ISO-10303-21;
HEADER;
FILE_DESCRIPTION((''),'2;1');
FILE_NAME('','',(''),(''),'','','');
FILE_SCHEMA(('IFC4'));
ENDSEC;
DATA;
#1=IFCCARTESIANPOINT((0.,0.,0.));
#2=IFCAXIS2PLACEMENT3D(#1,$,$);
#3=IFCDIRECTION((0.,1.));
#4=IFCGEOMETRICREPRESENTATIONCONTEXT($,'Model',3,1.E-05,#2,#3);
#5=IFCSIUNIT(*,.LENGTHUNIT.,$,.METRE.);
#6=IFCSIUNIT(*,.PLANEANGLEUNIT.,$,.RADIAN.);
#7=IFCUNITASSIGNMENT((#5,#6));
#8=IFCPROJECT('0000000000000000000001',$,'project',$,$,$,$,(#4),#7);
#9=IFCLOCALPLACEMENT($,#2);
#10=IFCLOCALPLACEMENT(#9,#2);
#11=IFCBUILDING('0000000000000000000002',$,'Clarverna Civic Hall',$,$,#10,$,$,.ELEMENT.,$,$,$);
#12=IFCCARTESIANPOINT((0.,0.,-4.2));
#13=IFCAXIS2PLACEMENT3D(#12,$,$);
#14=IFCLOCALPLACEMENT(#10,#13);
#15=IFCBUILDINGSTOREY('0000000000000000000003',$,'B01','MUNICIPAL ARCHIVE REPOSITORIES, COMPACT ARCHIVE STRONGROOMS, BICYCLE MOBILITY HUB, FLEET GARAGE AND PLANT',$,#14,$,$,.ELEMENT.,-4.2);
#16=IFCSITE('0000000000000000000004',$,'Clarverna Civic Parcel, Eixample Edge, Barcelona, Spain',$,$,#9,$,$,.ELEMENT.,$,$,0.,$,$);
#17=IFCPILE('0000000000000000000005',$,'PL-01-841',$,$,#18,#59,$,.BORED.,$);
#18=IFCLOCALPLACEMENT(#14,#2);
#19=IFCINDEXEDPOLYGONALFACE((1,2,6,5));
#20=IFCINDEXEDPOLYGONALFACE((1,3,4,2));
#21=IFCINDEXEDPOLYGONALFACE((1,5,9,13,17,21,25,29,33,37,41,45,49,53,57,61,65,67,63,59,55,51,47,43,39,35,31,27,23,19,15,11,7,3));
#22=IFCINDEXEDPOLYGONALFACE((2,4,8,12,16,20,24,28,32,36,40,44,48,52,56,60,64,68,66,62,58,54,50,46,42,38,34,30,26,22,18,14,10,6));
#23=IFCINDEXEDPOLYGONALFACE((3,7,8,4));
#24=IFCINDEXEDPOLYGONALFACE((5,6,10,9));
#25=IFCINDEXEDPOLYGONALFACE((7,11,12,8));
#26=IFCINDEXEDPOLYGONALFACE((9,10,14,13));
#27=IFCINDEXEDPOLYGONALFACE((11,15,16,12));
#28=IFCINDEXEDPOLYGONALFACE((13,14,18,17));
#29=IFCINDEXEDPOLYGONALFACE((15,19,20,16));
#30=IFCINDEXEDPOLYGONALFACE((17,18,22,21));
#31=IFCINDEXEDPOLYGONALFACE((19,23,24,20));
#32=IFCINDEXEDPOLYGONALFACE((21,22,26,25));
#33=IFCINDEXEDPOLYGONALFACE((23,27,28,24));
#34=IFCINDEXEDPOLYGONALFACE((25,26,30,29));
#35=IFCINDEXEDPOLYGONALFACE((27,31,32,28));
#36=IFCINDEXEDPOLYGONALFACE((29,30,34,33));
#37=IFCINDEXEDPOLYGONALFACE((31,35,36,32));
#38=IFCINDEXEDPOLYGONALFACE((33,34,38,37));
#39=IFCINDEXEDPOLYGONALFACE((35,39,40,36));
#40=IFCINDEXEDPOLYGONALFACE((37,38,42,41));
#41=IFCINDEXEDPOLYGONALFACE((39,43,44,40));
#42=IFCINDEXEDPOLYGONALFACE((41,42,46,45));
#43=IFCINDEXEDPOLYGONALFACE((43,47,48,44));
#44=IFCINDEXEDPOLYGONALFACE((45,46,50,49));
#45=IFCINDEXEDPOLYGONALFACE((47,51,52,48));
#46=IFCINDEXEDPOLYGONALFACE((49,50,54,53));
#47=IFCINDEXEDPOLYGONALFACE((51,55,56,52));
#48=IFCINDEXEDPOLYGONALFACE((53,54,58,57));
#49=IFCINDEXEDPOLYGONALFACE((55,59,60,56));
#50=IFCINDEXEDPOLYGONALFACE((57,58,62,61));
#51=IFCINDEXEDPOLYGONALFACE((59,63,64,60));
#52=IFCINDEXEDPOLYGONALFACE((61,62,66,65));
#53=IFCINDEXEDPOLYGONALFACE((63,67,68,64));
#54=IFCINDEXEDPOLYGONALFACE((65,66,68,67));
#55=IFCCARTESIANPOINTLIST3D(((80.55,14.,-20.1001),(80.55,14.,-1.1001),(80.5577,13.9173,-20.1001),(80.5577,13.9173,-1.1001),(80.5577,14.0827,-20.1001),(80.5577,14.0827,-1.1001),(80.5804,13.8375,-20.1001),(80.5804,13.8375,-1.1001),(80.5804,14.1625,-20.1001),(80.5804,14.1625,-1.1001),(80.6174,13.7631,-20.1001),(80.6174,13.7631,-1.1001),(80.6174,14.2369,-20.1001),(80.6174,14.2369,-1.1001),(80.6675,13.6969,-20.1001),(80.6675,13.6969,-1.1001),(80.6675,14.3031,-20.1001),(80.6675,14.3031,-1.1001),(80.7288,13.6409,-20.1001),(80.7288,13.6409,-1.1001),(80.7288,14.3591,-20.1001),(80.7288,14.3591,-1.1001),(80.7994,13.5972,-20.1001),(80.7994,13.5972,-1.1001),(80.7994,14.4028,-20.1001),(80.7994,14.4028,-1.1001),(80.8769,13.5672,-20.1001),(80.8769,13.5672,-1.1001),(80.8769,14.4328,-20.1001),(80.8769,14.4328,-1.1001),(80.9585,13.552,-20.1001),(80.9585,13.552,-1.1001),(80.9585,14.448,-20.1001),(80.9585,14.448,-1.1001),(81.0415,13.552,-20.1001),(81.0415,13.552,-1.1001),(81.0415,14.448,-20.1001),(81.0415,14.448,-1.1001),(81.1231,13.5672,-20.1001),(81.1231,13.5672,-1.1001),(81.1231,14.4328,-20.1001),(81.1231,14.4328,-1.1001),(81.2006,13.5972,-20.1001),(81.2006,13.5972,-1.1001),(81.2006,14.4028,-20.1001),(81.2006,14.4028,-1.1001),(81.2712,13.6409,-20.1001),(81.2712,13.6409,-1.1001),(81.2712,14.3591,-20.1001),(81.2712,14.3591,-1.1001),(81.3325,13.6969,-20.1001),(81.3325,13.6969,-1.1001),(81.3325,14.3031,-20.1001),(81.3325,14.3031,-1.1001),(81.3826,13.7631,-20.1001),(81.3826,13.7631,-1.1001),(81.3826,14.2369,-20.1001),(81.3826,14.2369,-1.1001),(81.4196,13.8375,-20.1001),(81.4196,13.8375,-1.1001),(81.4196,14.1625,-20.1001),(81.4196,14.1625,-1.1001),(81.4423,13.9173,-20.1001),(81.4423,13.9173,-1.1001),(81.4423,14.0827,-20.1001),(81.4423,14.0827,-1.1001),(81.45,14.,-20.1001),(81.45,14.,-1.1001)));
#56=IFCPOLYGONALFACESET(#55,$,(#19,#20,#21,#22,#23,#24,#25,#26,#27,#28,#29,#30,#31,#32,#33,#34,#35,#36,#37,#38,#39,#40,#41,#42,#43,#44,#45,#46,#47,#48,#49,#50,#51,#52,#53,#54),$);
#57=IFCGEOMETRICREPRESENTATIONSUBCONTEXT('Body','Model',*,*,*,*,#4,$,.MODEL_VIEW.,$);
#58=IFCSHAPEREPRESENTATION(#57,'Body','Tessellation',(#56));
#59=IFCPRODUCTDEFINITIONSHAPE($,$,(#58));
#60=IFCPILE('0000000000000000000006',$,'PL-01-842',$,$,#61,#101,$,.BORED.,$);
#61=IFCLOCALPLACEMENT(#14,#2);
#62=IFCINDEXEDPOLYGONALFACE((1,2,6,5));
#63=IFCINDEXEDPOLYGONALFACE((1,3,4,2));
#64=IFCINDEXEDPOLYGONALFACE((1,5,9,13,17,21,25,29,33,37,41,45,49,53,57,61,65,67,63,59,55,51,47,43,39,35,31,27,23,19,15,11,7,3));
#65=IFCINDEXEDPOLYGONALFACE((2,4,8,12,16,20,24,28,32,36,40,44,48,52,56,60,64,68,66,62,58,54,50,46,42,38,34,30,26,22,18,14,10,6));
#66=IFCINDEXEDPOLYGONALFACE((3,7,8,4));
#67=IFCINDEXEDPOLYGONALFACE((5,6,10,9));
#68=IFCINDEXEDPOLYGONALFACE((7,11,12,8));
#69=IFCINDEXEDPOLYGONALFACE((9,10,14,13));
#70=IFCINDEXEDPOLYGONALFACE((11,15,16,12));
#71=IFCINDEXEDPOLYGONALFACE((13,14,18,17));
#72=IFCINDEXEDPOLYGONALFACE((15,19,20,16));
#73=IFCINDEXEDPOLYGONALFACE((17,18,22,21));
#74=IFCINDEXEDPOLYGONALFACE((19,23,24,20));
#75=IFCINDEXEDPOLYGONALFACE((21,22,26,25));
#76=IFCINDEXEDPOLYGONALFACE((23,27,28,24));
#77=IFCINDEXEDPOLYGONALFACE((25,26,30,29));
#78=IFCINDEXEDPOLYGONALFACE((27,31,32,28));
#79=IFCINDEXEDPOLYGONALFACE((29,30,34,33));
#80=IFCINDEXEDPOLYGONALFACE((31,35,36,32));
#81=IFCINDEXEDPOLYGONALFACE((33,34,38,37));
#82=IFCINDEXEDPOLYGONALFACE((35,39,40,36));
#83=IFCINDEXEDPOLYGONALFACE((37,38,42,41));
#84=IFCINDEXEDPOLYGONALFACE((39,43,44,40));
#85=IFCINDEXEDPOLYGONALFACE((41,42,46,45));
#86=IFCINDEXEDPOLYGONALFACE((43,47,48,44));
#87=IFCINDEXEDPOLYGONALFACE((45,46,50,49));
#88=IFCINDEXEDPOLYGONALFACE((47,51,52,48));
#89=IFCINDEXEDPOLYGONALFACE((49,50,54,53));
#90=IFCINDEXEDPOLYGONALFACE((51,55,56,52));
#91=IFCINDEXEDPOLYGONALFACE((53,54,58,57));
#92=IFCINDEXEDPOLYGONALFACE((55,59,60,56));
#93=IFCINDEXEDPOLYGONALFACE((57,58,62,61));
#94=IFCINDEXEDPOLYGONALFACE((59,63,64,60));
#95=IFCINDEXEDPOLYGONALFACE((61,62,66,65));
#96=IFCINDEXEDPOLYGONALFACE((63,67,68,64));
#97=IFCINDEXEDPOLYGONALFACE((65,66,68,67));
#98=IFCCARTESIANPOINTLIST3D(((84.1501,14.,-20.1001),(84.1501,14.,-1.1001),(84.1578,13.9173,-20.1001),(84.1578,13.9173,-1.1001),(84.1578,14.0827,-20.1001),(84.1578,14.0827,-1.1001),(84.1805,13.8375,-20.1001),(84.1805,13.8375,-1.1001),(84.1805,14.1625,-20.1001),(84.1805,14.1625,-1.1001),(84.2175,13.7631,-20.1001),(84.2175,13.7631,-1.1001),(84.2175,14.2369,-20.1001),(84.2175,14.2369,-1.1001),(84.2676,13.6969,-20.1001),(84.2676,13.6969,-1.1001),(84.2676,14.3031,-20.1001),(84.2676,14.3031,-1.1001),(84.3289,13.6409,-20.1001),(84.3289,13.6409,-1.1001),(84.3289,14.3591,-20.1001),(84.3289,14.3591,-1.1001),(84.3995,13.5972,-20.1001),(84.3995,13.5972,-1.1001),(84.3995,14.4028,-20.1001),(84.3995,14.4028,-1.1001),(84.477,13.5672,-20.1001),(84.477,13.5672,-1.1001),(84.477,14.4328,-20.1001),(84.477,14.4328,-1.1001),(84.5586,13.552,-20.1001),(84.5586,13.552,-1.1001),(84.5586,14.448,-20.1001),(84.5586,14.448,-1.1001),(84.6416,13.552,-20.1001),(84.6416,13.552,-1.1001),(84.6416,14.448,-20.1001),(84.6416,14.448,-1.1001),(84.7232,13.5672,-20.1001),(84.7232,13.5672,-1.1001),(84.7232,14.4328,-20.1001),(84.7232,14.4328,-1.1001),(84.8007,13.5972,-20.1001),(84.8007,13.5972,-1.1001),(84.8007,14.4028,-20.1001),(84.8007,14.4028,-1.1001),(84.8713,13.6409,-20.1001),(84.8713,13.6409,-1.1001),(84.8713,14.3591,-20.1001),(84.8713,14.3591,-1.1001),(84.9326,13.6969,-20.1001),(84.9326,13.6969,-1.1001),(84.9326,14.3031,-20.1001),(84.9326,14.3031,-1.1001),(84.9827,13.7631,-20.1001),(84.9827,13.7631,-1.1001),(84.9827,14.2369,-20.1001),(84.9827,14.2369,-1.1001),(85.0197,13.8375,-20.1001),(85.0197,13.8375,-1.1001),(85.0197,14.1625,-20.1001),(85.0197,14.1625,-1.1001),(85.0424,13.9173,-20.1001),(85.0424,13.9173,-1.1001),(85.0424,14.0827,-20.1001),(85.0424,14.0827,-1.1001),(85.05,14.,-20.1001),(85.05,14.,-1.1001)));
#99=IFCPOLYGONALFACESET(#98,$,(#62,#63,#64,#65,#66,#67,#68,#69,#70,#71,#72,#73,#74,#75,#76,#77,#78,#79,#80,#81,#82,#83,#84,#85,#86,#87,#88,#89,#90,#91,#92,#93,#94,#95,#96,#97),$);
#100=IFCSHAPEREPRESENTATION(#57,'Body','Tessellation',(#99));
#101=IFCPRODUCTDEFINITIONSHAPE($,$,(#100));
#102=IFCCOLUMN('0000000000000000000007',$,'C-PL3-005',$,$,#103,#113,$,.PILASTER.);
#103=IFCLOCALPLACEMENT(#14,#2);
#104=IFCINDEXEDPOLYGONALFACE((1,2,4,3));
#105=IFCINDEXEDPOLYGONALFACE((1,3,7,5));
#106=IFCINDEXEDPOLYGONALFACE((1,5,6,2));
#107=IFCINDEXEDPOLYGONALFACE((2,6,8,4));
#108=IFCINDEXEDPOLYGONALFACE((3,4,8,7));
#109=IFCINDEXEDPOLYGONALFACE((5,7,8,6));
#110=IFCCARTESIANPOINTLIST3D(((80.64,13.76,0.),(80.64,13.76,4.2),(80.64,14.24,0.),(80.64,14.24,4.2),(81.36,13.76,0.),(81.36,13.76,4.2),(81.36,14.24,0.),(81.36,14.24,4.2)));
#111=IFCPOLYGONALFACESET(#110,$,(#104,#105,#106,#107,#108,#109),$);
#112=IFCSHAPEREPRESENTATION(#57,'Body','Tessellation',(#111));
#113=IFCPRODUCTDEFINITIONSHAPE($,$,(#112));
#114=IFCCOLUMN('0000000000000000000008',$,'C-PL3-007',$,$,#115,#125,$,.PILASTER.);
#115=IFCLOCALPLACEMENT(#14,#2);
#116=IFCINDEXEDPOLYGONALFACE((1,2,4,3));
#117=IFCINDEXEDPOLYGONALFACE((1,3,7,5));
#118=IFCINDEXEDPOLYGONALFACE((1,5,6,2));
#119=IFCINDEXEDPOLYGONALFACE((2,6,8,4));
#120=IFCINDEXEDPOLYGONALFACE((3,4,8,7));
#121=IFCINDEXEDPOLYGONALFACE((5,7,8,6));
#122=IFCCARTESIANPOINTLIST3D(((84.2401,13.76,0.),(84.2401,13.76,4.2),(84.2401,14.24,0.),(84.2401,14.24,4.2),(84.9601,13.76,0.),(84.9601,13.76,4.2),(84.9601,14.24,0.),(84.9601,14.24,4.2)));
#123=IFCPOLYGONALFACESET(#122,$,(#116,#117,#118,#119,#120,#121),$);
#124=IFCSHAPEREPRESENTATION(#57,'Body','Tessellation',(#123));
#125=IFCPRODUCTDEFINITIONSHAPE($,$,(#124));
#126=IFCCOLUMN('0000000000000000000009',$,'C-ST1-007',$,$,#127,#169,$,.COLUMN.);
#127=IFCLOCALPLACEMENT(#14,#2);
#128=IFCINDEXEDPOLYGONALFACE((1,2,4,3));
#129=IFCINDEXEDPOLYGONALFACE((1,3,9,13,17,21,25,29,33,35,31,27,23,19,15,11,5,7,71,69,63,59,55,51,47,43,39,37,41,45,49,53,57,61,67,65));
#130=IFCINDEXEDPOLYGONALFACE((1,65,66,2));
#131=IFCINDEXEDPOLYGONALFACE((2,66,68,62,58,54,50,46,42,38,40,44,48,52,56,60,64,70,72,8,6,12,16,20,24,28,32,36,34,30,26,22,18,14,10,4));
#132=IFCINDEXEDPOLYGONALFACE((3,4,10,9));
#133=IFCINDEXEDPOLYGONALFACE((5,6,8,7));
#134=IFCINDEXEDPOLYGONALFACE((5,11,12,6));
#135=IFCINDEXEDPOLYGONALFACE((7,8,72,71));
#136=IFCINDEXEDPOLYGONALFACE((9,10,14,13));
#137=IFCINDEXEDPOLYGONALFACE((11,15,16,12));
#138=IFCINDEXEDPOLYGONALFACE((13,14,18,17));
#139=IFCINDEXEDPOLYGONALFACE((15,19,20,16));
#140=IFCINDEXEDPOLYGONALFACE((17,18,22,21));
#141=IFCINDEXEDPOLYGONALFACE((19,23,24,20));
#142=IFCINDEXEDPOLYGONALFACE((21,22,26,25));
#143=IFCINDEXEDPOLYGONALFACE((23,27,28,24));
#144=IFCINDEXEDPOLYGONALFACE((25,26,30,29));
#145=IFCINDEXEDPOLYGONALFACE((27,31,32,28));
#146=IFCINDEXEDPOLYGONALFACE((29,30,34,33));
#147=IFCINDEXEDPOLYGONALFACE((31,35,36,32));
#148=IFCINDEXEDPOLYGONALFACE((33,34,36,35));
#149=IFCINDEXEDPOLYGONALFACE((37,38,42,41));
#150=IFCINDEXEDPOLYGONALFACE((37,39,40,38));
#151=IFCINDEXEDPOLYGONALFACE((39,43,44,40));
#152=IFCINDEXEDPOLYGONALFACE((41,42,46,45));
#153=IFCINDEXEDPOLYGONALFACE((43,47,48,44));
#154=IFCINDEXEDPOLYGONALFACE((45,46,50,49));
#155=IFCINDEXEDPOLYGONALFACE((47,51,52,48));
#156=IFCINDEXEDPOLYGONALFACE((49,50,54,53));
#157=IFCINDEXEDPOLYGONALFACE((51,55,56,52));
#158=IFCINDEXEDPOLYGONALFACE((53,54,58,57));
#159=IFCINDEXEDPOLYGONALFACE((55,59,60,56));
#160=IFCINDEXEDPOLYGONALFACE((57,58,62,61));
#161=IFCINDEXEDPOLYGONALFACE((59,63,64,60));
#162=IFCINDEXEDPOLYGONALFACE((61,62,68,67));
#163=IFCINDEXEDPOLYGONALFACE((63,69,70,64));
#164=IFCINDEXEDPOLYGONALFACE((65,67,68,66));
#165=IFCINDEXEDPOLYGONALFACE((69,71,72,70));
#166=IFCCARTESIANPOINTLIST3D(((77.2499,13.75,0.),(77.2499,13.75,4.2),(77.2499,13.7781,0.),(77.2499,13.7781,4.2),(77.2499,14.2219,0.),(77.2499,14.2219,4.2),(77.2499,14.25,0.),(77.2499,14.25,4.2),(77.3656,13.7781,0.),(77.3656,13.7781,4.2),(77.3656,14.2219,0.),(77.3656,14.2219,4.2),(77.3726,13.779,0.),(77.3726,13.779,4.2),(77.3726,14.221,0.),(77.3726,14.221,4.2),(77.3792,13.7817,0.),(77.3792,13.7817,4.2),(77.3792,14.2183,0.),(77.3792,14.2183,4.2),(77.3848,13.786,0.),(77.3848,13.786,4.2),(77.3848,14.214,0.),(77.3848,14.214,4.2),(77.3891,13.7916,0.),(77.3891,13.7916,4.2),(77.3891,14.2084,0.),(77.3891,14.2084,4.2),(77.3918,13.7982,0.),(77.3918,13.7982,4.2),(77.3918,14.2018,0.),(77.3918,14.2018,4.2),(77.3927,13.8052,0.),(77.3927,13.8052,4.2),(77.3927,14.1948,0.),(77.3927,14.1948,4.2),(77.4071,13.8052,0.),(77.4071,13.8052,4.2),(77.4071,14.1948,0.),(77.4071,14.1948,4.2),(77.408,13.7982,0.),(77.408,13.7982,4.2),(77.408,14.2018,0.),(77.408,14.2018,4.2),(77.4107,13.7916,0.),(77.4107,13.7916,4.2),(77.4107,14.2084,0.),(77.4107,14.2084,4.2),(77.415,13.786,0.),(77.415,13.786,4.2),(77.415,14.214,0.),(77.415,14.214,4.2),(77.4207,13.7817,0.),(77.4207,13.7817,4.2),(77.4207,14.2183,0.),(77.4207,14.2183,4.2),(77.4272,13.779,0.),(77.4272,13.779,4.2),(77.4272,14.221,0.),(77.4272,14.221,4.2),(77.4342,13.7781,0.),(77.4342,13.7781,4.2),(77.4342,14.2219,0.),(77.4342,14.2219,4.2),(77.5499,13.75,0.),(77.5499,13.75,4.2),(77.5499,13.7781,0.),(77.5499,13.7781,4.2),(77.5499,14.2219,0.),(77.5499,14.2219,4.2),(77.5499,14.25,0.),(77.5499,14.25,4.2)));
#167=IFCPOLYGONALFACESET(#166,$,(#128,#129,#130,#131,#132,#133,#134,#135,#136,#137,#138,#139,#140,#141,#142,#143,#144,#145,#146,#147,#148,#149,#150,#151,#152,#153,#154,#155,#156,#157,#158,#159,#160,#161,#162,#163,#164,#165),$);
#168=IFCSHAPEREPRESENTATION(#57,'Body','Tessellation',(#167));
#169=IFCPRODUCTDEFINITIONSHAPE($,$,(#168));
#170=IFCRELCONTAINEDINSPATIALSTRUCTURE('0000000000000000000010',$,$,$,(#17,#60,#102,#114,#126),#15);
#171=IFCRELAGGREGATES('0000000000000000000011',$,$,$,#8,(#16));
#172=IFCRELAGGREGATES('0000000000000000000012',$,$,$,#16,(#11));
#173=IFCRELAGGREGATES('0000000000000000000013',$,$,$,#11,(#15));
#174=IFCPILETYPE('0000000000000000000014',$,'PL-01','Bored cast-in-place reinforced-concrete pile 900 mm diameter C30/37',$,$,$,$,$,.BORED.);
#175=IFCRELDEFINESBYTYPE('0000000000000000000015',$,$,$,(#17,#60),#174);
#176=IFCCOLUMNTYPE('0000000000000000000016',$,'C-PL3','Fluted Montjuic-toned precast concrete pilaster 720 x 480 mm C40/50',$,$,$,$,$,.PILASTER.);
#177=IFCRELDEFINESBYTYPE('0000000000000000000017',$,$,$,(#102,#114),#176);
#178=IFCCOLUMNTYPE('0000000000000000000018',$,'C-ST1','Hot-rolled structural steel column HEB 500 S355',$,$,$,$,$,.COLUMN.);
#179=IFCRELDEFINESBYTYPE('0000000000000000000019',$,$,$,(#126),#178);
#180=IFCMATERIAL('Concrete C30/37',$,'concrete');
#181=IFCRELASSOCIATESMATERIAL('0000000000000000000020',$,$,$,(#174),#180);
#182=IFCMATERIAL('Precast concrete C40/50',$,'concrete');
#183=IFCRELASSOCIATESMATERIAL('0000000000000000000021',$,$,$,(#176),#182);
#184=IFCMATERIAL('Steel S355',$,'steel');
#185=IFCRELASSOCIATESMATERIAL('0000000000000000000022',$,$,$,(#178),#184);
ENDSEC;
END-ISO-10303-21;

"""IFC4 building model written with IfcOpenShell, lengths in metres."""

from ifc_helpers import new_model, si_unit, direction, frame, origin, origin_2d, place, context, subcontext, project, spatial, rectangle, circle, i_section, extrude, material, material_profile, profile_set, type_object, element, save


model = new_model("IFC4")

# Units and contexts
model_context = context("Model", 3, precision=1e-05, world=origin(), true_north=direction((0.0, 1.0)))
body_context = subcontext(model_context, "Body", "Model", "MODEL_VIEW")
ifc_project = project(units=[si_unit("LENGTHUNIT", "METRE"), si_unit("PLANEANGLEUNIT", "RADIAN")], contexts=[model_context])

# Site, building, storey
site_placement = place(None, origin())
site = spatial("IfcSite", under=ifc_project, at=site_placement, Name="Clarverna Civic Parcel, Eixample Edge, Barcelona, Spain", CompositionType="ELEMENT", RefElevation=0.0)
building_placement = place(site_placement, origin())
building = spatial("IfcBuilding", under=site, at=building_placement, Name="Clarverna Civic Hall", CompositionType="ELEMENT")
storey_placement = place(building_placement, frame((0.0, 0.0, -4.2)))
storey = spatial("IfcBuildingStorey", under=building, at=storey_placement, Name="B01", Description="MUNICIPAL ARCHIVE REPOSITORIES, COMPACT ARCHIVE STRONGROOMS, BICYCLE MOBILITY HUB, FLEET GARAGE AND PLANT", CompositionType="ELEMENT", Elevation=-4.2)

# Shared definitions
ifc_material_1 = material(Name="Concrete C30/37", Category="concrete")

# Piles
ifc_material_profile_1 = material_profile(ifc_material_1, circle(Radius=0.45, at=origin_2d()), Name="BORED PILE D900")
ifc_profile_set_1 = profile_set([ifc_material_profile_1], Name="Concrete C30/37")
pile_type = type_object("IfcPileType", Name="PL-01", Description="Bored cast-in-place reinforced-concrete pile 900 mm diameter C30/37", PredefinedType="BORED", material=ifc_profile_set_1)
for number, where, z_axis, x_axis, name in (
    (1, (81.0, 14.0, -1.1001), (0.0, 0.0, -1.0), (1.0, 0.0, 0.0), "PL-01-841"),
    (2, (84.6001, 14.0, -1.1001), (0.0, 0.0, -1.0), (1.0, 0.0, 0.0), "PL-01-842"),
):
    element("IfcPile", number, at=place(storey_placement, frame(where, z_axis=z_axis, x_axis=x_axis)), inside=storey, type_object=pile_type, Name=name, PredefinedType="BORED", context=body_context, shape_type="SweptSolid", body=[
        extrude(circle(Radius=0.45, at=origin_2d()), origin(), (0.0, 0.0, 1.0), 19.0),
    ])

# Columns
ifc_material_2 = material(Name="Precast concrete C40/50", Category="concrete")
ifc_material_profile_2 = material_profile(ifc_material_2, rectangle(XDim=0.72, YDim=0.48, at=origin_2d()), Name="PILASTER 720x480")
ifc_profile_set_2 = profile_set([ifc_material_profile_2], Name="Precast concrete C40/50")
column_type_1 = type_object("IfcColumnType", Name="C-PL3", Description="Fluted Montjuic-toned precast concrete pilaster 720 x 480 mm C40/50", PredefinedType="PILASTER", material=ifc_profile_set_2)
for number, where, z_axis, x_axis, name in (
    (3, (81.0, 14.0, 0.0), (0.0, 0.0, 1.0), (1.0, 0.0, 0.0), "C-PL3-005"),
    (4, (84.6001, 14.0, 0.0), (0.0, 0.0, 1.0), (1.0, 0.0, 0.0), "C-PL3-007"),
):
    element("IfcColumn", number, at=place(storey_placement, frame(where, z_axis=z_axis, x_axis=x_axis)), inside=storey, type_object=column_type_1, Name=name, PredefinedType="PILASTER", context=body_context, shape_type="SweptSolid", body=[
        extrude(rectangle(XDim=0.72, YDim=0.48, at=origin_2d()), origin(), (0.0, 0.0, 1.0), 4.2),
    ])
ifc_material_3 = material(Name="Steel S355", Category="steel")
ifc_material_profile_3 = material_profile(ifc_material_3, i_section(OverallWidth=0.3, OverallDepth=0.5, WebThickness=0.0144, FlangeThickness=0.0281, FilletRadius=0.0271, at=origin_2d()), Name="HEB 500")
ifc_profile_set_3 = profile_set([ifc_material_profile_3], Name="Steel S355")
column_type_2 = type_object("IfcColumnType", Name="C-ST1", Description="Hot-rolled structural steel column HEB 500 S355", PredefinedType="COLUMN", material=ifc_profile_set_3)
for number, where, z_axis, x_axis, name in (
    (5, (77.3999, 14.0, 0.0), (0.0, 0.0, 1.0), (1.0, 0.0, 0.0), "C-ST1-007"),
):
    element("IfcColumn", number, at=place(storey_placement, frame(where, z_axis=z_axis, x_axis=x_axis)), inside=storey, type_object=column_type_2, Name=name, PredefinedType="COLUMN", context=body_context, shape_type="SweptSolid", body=[
        extrude(i_section(OverallWidth=0.3, OverallDepth=0.5, WebThickness=0.0144, FlangeThickness=0.0281, FilletRadius=0.0271, at=origin_2d()), origin(), (0.0, 0.0, 1.0), 4.2),
    ])

save(model, "model.ifc")
